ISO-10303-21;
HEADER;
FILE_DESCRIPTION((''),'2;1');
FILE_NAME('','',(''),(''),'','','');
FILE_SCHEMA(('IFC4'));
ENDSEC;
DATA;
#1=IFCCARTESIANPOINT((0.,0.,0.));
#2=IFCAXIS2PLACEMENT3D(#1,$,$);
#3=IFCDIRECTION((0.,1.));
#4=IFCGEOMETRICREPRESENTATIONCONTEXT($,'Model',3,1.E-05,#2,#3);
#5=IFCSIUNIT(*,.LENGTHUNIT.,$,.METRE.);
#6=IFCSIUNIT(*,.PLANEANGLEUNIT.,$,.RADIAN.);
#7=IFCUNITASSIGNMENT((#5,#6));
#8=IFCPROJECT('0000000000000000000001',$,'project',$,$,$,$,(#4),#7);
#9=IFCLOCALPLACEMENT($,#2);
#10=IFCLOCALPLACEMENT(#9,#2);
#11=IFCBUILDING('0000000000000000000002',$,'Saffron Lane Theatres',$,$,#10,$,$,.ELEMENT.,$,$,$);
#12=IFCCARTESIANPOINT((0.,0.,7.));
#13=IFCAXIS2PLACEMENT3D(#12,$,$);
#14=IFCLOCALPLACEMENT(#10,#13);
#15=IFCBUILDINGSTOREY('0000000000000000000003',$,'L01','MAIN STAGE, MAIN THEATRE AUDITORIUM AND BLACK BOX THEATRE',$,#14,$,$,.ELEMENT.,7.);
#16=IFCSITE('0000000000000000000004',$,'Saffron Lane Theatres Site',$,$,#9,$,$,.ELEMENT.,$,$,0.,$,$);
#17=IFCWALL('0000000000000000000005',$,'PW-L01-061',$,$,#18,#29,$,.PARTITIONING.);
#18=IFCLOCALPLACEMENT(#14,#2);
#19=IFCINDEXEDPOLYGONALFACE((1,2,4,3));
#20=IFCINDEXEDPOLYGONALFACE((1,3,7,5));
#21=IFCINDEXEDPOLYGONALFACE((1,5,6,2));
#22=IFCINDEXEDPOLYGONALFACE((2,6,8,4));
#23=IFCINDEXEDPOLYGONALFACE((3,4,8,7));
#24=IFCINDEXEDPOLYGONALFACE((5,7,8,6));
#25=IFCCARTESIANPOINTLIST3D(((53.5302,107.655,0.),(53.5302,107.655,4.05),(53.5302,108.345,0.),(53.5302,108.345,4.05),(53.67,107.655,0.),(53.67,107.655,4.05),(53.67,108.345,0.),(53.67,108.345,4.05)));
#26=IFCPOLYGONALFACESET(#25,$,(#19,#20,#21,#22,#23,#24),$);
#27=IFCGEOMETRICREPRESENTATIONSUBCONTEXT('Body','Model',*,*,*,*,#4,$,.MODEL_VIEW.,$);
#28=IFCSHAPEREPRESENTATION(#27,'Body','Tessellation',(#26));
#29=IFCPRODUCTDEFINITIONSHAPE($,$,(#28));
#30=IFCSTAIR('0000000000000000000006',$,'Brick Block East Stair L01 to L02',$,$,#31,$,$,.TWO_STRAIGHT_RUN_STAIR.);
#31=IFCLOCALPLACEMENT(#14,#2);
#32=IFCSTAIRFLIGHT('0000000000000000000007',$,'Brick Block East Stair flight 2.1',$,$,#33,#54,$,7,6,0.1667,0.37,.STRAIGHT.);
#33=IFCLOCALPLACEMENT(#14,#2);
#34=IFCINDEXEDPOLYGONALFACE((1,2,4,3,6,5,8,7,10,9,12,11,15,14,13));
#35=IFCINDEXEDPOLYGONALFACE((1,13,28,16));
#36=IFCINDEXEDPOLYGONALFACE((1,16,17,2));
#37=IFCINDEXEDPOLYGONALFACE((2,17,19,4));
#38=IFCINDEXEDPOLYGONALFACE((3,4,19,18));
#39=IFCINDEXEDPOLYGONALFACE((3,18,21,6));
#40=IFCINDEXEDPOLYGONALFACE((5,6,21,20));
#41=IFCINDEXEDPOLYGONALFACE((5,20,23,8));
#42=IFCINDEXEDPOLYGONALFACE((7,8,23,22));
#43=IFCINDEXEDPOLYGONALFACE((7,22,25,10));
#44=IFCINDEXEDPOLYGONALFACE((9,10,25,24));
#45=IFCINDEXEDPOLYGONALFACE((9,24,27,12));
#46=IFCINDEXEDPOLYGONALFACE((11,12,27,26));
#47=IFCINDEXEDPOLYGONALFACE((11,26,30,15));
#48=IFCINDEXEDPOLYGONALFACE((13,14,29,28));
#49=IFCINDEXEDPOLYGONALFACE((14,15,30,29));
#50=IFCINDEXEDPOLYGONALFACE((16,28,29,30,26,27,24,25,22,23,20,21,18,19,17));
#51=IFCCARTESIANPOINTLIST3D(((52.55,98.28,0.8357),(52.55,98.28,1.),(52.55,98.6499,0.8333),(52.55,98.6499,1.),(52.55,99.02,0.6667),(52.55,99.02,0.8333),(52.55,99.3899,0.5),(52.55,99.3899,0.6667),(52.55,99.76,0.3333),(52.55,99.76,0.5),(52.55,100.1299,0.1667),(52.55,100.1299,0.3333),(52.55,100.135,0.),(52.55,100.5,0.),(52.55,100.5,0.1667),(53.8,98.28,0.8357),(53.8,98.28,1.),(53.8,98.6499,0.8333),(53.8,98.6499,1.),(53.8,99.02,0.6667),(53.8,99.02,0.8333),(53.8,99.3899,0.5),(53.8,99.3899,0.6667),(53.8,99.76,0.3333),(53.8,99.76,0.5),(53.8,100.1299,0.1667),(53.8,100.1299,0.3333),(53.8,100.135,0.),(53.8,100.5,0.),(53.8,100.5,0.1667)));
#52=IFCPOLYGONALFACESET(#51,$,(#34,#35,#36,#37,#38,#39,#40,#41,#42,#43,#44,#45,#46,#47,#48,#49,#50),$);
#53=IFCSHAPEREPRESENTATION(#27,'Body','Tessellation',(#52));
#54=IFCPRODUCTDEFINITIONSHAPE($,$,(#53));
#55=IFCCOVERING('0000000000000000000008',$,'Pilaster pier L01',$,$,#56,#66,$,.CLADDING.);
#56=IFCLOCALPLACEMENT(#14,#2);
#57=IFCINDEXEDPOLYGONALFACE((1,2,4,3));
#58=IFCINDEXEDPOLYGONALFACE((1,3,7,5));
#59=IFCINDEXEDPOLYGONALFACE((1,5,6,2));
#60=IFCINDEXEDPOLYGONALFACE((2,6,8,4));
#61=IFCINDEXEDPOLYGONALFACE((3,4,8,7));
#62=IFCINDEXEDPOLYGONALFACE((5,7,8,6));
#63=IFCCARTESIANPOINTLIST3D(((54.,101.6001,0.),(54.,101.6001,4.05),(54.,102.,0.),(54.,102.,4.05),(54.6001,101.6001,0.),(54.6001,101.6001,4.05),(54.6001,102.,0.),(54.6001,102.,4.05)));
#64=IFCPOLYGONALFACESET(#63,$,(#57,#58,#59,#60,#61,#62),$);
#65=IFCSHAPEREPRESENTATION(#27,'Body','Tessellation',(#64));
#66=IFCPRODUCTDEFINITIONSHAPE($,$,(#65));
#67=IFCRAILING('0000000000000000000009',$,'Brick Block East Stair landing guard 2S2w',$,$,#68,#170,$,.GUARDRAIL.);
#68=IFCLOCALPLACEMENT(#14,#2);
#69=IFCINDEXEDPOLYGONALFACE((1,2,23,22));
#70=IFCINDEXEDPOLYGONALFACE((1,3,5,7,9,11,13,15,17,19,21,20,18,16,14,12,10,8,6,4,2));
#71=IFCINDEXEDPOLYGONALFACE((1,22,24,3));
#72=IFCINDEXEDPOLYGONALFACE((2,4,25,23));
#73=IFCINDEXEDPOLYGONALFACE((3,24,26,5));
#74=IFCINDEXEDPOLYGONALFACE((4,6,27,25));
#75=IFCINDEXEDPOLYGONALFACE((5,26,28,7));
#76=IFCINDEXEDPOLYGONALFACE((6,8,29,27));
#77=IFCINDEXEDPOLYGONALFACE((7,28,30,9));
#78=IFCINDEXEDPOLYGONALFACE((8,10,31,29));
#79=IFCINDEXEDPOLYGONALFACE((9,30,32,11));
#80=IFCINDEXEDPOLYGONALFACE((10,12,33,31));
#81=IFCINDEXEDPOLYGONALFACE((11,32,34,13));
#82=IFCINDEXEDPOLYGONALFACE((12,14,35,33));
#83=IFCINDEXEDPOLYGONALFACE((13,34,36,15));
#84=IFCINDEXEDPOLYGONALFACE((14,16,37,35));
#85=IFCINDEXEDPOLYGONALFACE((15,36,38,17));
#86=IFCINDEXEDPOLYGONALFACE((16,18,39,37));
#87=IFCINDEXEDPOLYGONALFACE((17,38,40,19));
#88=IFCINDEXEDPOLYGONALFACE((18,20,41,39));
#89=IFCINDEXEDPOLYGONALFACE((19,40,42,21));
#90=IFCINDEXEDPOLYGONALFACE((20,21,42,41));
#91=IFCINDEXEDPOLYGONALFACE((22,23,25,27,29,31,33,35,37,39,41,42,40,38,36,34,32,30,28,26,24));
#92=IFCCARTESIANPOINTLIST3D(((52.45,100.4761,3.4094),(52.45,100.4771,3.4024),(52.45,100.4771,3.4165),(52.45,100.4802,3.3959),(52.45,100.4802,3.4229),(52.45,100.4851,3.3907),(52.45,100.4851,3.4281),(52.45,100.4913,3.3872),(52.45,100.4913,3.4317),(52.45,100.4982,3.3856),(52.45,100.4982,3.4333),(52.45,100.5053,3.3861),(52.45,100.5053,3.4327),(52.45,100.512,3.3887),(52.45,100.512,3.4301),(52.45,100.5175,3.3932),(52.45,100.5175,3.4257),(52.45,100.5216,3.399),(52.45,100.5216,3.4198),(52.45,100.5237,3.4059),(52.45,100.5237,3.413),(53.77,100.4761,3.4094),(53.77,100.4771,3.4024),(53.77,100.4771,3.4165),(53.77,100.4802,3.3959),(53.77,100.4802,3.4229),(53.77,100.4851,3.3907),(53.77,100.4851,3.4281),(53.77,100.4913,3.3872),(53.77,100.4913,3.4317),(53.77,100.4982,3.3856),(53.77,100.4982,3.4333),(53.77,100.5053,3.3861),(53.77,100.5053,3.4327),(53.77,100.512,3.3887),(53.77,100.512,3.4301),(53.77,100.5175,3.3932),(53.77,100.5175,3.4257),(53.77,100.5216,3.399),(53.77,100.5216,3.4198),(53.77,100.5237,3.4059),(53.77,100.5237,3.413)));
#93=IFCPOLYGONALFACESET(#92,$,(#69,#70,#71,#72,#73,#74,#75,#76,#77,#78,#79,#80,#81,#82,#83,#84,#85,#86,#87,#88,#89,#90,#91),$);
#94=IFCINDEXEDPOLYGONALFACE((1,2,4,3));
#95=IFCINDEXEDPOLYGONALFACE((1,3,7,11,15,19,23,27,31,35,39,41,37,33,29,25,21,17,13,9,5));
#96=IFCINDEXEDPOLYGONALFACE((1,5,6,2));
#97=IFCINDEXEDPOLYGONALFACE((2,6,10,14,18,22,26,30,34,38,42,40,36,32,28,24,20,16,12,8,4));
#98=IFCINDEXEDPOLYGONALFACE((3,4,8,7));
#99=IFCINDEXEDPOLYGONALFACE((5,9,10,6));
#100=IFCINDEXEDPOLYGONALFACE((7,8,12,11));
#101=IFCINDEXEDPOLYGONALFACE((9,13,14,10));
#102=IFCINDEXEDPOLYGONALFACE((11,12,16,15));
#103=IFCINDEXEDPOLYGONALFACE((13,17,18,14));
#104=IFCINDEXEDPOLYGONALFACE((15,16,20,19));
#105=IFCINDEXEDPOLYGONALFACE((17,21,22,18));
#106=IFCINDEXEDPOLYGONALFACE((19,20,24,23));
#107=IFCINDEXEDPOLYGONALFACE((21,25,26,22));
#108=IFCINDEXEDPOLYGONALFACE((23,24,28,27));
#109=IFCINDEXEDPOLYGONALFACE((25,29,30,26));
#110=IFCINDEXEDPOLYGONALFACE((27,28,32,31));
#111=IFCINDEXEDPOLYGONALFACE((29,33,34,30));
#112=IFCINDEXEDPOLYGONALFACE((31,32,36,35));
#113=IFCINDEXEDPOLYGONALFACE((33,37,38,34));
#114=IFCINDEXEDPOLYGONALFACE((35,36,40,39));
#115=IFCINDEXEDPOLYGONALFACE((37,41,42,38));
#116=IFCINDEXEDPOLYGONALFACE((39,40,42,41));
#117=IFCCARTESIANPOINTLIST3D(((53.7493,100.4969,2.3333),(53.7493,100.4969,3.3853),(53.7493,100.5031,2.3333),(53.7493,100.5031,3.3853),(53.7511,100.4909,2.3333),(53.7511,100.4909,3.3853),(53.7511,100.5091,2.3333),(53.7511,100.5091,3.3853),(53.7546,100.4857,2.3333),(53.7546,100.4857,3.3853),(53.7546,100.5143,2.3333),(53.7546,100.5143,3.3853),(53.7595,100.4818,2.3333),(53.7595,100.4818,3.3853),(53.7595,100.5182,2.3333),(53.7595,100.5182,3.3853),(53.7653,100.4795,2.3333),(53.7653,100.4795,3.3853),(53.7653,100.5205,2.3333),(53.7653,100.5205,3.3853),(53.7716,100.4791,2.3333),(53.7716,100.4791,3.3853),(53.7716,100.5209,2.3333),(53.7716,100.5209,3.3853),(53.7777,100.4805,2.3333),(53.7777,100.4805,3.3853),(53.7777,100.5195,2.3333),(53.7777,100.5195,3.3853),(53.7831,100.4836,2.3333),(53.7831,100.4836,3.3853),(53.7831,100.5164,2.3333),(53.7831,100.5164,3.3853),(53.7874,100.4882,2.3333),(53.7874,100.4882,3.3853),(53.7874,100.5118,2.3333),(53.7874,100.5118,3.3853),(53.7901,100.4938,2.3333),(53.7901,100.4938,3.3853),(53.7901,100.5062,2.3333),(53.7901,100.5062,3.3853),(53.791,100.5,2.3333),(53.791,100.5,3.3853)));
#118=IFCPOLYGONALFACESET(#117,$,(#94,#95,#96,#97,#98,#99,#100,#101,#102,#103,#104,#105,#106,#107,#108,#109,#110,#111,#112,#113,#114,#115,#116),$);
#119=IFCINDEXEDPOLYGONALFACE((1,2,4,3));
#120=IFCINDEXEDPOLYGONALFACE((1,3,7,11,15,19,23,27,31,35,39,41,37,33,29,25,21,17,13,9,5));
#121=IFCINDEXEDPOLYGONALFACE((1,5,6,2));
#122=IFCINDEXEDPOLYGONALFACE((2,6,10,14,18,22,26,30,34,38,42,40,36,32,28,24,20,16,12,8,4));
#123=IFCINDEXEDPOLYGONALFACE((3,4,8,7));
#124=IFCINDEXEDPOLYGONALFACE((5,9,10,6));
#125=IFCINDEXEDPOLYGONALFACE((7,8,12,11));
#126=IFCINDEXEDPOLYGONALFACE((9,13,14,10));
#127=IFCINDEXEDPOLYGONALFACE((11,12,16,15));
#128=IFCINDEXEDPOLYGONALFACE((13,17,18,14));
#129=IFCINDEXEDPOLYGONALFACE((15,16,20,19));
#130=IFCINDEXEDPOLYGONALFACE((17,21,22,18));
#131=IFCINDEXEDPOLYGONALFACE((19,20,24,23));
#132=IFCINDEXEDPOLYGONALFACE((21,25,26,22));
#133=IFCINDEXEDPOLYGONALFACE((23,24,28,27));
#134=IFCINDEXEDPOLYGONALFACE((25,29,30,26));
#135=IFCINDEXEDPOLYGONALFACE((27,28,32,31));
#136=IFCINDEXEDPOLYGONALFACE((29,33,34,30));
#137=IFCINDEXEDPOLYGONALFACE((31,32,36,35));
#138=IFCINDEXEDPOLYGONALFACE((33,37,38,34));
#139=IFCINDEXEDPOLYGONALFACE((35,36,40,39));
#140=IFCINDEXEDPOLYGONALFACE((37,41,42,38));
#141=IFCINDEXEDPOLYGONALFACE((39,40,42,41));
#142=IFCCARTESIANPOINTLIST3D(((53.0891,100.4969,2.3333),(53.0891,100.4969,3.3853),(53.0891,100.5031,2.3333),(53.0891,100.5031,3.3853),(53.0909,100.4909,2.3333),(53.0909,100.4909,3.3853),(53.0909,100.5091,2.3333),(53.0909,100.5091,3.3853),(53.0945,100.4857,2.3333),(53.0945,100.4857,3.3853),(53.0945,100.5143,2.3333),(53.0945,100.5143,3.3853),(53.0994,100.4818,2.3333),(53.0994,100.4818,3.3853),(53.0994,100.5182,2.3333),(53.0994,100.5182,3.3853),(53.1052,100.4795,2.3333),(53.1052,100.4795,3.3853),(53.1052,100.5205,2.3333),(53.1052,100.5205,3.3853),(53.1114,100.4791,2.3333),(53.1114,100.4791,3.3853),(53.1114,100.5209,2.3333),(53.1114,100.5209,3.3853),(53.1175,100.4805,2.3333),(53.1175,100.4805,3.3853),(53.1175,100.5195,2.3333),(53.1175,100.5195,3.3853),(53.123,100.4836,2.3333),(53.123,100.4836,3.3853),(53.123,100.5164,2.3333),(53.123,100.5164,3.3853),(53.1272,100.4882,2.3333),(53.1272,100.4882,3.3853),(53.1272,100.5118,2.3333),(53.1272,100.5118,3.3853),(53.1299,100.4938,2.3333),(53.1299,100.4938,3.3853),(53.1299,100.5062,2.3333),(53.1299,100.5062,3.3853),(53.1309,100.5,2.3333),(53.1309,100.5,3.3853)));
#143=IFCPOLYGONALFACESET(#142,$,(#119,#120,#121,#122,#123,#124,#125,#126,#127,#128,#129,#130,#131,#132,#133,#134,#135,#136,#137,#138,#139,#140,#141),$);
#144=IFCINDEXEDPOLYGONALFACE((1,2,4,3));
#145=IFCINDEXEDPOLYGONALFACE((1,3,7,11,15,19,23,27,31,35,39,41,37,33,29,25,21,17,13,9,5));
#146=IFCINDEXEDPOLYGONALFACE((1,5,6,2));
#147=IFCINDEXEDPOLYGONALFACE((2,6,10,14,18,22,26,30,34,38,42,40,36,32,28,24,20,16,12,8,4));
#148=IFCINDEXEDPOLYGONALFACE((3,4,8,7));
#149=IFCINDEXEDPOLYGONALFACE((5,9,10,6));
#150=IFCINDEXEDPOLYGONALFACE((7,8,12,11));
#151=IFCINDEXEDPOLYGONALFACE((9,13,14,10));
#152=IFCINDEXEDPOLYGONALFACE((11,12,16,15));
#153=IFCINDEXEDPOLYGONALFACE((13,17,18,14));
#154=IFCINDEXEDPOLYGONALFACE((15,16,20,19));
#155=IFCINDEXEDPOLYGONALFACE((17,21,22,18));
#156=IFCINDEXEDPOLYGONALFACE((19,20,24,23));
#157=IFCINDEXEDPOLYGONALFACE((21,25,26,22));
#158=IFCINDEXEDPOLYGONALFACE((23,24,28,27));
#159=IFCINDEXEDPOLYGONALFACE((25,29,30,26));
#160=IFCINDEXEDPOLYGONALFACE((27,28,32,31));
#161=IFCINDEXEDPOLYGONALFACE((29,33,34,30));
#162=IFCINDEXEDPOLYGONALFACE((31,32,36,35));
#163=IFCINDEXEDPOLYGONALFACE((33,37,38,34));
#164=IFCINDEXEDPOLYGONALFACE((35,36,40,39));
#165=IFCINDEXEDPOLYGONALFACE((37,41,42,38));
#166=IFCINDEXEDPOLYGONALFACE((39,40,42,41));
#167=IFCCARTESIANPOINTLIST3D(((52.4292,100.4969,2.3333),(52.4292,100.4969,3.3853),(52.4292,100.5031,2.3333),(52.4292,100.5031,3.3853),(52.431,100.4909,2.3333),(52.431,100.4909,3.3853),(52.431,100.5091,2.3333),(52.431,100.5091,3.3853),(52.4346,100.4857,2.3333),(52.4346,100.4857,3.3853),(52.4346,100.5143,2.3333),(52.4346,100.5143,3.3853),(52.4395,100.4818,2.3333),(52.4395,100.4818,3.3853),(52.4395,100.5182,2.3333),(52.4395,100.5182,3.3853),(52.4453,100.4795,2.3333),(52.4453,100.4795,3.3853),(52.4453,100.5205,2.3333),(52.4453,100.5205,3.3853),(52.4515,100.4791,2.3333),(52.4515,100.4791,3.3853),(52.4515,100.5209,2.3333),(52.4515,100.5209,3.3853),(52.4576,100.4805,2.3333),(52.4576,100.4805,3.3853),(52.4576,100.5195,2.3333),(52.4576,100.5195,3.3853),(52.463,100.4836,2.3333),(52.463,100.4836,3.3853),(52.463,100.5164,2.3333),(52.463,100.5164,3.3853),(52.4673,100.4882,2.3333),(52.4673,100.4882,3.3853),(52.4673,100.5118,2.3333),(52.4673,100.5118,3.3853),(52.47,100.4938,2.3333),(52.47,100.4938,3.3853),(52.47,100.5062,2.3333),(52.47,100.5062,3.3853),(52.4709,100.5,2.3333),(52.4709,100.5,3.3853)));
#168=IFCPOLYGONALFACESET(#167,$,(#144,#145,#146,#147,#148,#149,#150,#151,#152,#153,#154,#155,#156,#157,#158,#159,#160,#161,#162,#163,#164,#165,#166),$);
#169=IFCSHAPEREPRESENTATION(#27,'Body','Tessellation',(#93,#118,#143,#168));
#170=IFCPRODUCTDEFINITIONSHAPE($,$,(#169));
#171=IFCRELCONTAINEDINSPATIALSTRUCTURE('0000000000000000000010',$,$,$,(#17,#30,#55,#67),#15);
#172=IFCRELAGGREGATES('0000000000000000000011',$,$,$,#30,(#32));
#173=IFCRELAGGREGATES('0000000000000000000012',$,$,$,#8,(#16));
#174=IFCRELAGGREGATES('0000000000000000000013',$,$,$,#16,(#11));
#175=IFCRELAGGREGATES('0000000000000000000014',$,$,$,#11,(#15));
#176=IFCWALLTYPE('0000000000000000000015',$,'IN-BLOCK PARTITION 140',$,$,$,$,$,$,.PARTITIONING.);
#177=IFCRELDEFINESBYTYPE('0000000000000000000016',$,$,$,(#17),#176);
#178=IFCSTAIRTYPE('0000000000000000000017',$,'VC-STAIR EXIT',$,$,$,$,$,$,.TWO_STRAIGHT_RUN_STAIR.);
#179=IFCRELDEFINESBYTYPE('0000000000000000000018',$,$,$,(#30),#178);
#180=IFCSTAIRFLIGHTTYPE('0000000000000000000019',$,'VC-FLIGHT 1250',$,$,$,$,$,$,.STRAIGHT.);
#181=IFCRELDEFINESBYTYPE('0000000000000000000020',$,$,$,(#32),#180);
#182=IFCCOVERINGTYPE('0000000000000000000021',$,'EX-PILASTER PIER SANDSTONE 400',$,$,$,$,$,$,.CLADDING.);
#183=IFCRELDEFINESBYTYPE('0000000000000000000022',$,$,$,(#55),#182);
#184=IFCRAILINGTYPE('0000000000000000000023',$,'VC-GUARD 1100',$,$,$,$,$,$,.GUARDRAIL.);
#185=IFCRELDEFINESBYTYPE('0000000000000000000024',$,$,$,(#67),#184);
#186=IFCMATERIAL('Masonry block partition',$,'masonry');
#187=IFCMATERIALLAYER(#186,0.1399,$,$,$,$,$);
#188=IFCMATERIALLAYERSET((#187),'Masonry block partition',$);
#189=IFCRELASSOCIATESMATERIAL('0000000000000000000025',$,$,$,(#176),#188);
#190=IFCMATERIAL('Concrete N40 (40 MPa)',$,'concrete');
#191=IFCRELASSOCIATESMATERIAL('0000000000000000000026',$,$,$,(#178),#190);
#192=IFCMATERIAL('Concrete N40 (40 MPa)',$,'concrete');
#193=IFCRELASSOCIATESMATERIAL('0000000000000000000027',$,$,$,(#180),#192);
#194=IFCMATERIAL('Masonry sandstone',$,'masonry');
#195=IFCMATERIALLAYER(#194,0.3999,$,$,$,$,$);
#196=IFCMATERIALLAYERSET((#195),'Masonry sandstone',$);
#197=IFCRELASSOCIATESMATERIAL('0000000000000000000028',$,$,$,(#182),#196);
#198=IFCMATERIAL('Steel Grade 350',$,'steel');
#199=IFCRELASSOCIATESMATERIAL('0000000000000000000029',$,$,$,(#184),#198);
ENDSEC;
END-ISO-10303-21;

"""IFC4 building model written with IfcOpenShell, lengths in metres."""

from ifc_helpers import new_model, si_unit, direction, frame, frame_2d, origin, origin_2d, place, context, subcontext, project, spatial, polyline, rectangle, circle, outline, extrude, material, layer, layer_set, type_object, element, aggregate, save


model = new_model("IFC4")

# Units and contexts
model_context = context("Model", 3, precision=1e-05, world=origin(), true_north=direction((0.0, 1.0)))
body_context = subcontext(model_context, "Body", "Model", "MODEL_VIEW")
ifc_project = project(units=[si_unit("LENGTHUNIT", "METRE"), si_unit("PLANEANGLEUNIT", "RADIAN")], contexts=[model_context])

# Site, building, storey
site_placement = place(None, origin())
site = spatial("IfcSite", under=ifc_project, at=site_placement, Name="Saffron Lane Theatres Site", CompositionType="ELEMENT", RefElevation=0.0)
building_placement = place(site_placement, origin())
building = spatial("IfcBuilding", under=site, at=building_placement, Name="Saffron Lane Theatres", CompositionType="ELEMENT")
storey_placement = place(building_placement, frame((0.0, 0.0, 7.0)))
storey = spatial("IfcBuildingStorey", under=building, at=storey_placement, Name="L01", Description="MAIN STAGE, MAIN THEATRE AUDITORIUM AND BLACK BOX THEATRE", CompositionType="ELEMENT", Elevation=7.0)

# Shared definitions
ifc_material_1 = material(Name="Masonry block partition", Category="masonry")
ifc_layer_1 = layer(ifc_material_1, 0.1399)
ifc_layer_set_1 = layer_set([ifc_layer_1], Name="Masonry block partition")
wall_type = type_object("IfcWallType", Name="IN-BLOCK PARTITION 140", PredefinedType="PARTITIONING", material=ifc_layer_set_1)

# Wall
wall_1_placement = place(storey_placement, frame((53.6001, 107.655, 0.0), z_axis=(0.0, 0.0, 1.0), x_axis=(0.0, 1.0, 0.0)))
element("IfcWall", 1, at=wall_1_placement, inside=storey, type_object=wall_type, Name="PW-L01-061", PredefinedType="PARTITIONING", context=body_context, shape_type="SweptSolid", body=[
    extrude(rectangle(XDim=0.6899, YDim=0.1399, at=frame_2d((0.345, 0.0))), origin(), (0.0, 0.0, 1.0), 4.05),
])

# Stair, stair flight
ifc_material_2 = material(Name="Concrete N40 (40 MPa)", Category="concrete")
stair_type = type_object("IfcStairType", Name="VC-STAIR EXIT", PredefinedType="TWO_STRAIGHT_RUN_STAIR", material=ifc_material_2)
stair_placement = place(storey_placement, origin())
stair = element("IfcStair", 2, at=stair_placement, inside=storey, type_object=stair_type, Name="Brick Block East Stair L01 to L02", PredefinedType="TWO_STRAIGHT_RUN_STAIR")
ifc_material_3 = material(Name="Concrete N40 (40 MPa)", Category="concrete")
stair_flight_type = type_object("IfcStairFlightType", Name="VC-FLIGHT 1250", PredefinedType="STRAIGHT", material=ifc_material_3)
stair_flight_placement = place(storey_placement, frame((53.175, 100.5, 0.0), z_axis=(0.0, 0.0, 1.0), x_axis=(0.0, -1.0, 0.0)))
stair_flight = element("IfcStairFlight", 3, at=stair_flight_placement, type_object=stair_flight_type, Name="Brick Block East Stair flight 2.1", NumberOfRisers=7, NumberOfTreads=6, PredefinedType="STRAIGHT", RiserHeight=0.1667, TreadLength=0.37, context=body_context, shape_type="SweptSolid", body=[
    extrude(outline(polyline([(0.0, 0.0), (0.0, 0.1667), (0.3701, 0.1667), (0.3701, 0.3333), (0.74, 0.3333), (0.74, 0.5), (1.1101, 0.5), (1.1101, 0.6667), (1.48, 0.6667), (1.48, 0.8333), (1.8501, 0.8333), (1.8501, 1.0), (2.22, 1.0), (2.22, 1.1667), (2.22, 0.8357), (0.365, 0.0), (0.0, 0.0)])), frame((0.0, 0.625, 0.0), z_axis=(0.0, -1.0, 0.0), x_axis=(1.0, 0.0, 0.0)), (0.0, 0.0, 1.0), 1.25),
])
aggregate(stair, [stair_flight])

# Covering
ifc_material_4 = material(Name="Masonry sandstone", Category="masonry")
ifc_layer_2 = layer(ifc_material_4, 0.3999)
ifc_layer_set_2 = layer_set([ifc_layer_2], Name="Masonry sandstone")
covering_type = type_object("IfcCoveringType", Name="EX-PILASTER PIER SANDSTONE 400", PredefinedType="CLADDING", material=ifc_layer_set_2)
covering_placement = place(storey_placement, frame((54.3, 101.8, 0.0), z_axis=(0.0, 0.0, 1.0), x_axis=(-1.0, 0.0, 0.0)))
element("IfcCovering", 4, at=covering_placement, inside=storey, type_object=covering_type, Name="Pilaster pier L01", PredefinedType="CLADDING", context=body_context, shape_type="SweptSolid", body=[
    extrude(rectangle(XDim=0.6001, YDim=0.3999, at=origin_2d()), origin(), (0.0, 0.0, 1.0), 4.05),
])

# Railing
ifc_material_5 = material(Name="Steel Grade 350", Category="steel")
railing_type_1 = type_object("IfcRailingType", Name="VC-GUARD 1100", PredefinedType="GUARDRAIL", material=ifc_material_5)
railing_1_placement = place(storey_placement, frame((53.77, 100.5, 2.3333)))
element("IfcRailing", 5, at=railing_1_placement, inside=storey, type_object=railing_type_1, Name="Brick Block East Stair landing guard 2S2w", PredefinedType="GUARDRAIL", context=body_context, shape_type="SweptSolid", body=[
    extrude(circle(Radius=0.0239, at=origin_2d()), frame((0.0, 0.0, 1.0762), z_axis=(-1.0, 0.0, 0.0), x_axis=(0.0, -1.0, 0.0)), (0.0, 0.0, 1.0), 1.3201),
    extrude(circle(Radius=0.021, at=origin_2d()), origin(), (0.0, 0.0, 1.0), 1.052),
    extrude(circle(Radius=0.021, at=origin_2d()), frame((-0.6602, 0.0, 0.0)), (0.0, 0.0, 1.0), 1.052),
    extrude(circle(Radius=0.021, at=origin_2d()), frame((-1.3201, 0.0, 0.0)), (0.0, 0.0, 1.0), 1.052),
])

save(model, "model.ifc")
